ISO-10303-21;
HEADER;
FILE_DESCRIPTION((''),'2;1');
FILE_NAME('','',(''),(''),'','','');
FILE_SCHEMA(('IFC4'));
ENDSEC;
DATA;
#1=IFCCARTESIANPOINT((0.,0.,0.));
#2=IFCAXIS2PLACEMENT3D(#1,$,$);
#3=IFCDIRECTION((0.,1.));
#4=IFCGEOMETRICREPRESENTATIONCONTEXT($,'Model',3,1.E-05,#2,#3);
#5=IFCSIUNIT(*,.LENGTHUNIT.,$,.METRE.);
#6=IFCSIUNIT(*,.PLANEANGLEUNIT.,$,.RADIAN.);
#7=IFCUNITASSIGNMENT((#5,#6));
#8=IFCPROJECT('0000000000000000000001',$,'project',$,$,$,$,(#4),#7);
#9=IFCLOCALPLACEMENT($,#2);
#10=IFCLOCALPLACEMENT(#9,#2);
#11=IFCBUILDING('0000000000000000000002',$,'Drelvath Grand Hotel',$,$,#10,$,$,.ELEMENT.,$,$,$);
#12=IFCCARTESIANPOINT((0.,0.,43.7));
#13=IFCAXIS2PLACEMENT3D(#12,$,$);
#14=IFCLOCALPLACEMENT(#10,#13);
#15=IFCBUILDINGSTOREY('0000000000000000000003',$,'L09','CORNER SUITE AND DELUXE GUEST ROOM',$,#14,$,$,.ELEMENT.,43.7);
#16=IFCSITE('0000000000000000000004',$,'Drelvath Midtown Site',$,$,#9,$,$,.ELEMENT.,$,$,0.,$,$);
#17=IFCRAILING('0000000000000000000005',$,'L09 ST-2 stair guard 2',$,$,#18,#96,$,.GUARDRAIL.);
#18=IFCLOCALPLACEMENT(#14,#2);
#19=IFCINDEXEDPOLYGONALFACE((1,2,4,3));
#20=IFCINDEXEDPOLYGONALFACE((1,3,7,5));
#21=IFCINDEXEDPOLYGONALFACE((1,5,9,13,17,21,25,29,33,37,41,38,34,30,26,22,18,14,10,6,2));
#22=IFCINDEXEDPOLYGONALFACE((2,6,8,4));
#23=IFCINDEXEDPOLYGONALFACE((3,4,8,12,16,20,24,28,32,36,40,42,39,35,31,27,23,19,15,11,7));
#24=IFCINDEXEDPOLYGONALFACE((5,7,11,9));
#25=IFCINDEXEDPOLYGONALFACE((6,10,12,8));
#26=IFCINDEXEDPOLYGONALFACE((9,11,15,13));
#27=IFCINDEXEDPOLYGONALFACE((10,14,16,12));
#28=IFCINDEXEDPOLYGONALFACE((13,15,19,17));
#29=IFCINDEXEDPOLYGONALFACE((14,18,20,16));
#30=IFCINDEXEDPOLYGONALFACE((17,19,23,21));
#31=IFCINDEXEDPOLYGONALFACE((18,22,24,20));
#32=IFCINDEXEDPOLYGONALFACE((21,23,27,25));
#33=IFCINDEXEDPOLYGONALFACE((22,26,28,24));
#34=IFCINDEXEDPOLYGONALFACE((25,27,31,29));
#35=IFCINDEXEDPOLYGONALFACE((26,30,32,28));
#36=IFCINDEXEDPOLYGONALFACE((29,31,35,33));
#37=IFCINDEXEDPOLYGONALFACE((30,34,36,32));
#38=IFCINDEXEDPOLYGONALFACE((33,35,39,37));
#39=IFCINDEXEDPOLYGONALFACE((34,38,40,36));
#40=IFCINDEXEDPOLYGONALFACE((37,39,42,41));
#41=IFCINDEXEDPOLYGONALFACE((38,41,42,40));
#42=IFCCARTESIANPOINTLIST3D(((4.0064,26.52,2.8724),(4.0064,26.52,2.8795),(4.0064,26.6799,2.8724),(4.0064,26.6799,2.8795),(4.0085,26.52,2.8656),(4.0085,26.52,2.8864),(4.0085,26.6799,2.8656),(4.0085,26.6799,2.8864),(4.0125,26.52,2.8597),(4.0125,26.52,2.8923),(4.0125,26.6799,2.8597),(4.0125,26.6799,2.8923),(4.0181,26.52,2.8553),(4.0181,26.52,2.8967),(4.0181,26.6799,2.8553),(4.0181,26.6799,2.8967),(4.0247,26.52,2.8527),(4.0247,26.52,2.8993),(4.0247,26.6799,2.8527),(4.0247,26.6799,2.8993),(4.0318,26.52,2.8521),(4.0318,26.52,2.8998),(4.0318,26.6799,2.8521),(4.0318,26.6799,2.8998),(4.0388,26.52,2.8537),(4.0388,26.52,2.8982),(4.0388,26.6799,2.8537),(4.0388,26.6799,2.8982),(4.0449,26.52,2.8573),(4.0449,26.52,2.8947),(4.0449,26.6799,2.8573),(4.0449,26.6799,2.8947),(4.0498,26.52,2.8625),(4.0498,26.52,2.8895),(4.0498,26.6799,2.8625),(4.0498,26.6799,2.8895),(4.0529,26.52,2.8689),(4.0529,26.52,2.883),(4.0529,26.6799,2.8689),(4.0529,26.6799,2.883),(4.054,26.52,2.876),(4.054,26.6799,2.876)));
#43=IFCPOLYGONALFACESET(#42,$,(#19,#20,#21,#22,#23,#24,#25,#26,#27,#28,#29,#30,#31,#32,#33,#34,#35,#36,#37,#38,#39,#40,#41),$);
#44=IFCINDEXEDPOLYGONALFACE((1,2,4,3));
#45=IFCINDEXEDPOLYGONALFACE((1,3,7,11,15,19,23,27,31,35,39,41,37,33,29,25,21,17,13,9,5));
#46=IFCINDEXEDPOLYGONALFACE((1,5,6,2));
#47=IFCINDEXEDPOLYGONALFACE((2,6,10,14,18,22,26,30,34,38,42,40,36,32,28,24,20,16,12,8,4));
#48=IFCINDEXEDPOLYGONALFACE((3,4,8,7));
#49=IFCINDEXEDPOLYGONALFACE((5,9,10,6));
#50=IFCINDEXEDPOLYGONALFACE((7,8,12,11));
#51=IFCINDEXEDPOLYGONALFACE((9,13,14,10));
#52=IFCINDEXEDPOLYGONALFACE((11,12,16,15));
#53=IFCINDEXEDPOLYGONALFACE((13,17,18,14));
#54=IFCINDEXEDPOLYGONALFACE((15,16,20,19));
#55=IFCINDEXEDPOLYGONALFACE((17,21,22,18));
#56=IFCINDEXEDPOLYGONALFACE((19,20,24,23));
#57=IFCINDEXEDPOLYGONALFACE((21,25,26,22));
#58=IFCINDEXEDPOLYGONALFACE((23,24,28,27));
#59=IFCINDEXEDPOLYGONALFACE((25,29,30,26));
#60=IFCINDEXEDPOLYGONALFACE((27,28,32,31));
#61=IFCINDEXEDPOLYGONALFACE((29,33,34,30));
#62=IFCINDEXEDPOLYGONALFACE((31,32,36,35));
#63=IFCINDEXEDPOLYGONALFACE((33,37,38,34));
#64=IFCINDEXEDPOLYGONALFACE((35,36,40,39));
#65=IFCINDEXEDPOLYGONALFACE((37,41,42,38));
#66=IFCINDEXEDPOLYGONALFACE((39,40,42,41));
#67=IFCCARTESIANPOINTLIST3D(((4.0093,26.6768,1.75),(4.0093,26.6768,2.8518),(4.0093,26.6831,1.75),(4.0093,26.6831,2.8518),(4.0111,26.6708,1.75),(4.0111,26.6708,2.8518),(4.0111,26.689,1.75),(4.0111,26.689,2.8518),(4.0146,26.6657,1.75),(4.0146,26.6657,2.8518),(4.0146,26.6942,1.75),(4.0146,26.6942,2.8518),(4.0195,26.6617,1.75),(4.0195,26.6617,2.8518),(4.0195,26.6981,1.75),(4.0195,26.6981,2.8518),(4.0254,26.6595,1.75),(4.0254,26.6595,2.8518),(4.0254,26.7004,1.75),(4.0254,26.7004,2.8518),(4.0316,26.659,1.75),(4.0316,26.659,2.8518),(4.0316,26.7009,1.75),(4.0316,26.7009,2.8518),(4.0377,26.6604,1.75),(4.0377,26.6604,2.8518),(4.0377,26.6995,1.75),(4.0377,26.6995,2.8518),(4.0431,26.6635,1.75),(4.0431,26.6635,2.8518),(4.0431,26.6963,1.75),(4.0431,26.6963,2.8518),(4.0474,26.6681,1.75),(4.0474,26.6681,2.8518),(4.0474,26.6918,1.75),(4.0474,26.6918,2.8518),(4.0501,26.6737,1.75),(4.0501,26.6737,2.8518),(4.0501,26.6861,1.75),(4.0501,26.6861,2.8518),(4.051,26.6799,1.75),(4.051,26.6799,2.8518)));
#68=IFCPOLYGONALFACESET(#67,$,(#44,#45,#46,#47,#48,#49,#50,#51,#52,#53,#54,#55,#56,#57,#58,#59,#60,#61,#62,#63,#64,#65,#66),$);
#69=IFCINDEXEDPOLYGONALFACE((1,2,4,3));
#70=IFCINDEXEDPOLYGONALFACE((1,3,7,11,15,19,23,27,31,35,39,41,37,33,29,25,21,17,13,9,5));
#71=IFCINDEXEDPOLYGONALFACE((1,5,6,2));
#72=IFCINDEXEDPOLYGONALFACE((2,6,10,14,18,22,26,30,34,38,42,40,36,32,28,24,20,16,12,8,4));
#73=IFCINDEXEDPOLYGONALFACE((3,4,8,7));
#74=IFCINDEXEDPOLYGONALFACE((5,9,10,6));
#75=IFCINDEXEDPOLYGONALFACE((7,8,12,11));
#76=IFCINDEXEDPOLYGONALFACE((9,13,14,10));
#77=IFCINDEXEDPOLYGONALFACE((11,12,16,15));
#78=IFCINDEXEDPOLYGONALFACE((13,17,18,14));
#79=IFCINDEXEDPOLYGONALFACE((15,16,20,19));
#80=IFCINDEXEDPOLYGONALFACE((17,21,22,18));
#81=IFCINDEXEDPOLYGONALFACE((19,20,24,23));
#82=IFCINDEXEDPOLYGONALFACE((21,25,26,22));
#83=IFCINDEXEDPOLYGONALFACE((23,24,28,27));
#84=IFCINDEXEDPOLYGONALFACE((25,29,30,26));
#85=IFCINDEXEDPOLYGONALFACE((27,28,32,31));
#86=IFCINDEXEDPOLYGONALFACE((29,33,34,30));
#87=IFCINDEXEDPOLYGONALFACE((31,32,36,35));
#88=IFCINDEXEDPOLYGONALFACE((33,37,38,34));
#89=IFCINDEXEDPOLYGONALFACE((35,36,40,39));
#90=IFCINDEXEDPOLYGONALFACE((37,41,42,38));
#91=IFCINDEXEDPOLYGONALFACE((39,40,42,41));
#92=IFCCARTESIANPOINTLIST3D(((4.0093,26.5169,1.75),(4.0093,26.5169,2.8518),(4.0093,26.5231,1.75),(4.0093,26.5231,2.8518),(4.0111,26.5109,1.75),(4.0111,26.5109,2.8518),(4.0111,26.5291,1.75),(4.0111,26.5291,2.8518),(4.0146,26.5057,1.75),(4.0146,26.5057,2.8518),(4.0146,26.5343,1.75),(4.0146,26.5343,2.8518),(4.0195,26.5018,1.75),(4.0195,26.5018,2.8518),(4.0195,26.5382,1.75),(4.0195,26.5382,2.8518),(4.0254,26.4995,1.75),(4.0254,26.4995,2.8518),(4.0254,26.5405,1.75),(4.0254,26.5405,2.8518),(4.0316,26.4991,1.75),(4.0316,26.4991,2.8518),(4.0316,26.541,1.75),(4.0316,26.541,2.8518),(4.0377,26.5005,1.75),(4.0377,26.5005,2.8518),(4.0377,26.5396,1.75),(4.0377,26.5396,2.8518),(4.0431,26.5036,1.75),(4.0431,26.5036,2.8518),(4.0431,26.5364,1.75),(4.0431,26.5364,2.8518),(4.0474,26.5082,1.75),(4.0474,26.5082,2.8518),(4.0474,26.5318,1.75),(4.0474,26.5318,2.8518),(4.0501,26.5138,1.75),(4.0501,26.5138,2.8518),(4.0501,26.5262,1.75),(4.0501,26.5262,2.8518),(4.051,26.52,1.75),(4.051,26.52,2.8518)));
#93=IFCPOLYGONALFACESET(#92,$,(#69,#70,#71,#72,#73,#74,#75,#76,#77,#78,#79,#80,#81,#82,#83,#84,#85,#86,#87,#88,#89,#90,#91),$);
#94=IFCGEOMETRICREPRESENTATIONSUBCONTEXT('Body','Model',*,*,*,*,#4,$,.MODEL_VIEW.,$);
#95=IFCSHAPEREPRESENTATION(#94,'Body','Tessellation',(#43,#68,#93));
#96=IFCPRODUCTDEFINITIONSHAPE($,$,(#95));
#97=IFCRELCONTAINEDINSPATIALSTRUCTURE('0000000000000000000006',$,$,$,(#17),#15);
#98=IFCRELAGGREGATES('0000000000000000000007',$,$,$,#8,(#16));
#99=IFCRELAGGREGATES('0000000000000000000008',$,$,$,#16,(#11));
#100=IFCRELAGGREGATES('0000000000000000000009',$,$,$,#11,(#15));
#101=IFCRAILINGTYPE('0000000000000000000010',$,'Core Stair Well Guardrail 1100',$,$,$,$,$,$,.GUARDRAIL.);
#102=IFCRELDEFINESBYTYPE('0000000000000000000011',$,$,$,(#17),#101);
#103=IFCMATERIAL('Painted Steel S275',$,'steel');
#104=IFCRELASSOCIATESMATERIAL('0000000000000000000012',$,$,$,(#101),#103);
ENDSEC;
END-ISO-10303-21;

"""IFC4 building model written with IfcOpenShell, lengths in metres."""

from ifc_helpers import new_model, si_unit, direction, frame, origin, origin_2d, place, context, subcontext, project, spatial, circle, extrude, material, type_object, element, save


model = new_model("IFC4")

# Units and contexts
model_context = context("Model", 3, precision=1e-05, world=origin(), true_north=direction((0.0, 1.0)))
body_context = subcontext(model_context, "Body", "Model", "MODEL_VIEW")
ifc_project = project(units=[si_unit("LENGTHUNIT", "METRE"), si_unit("PLANEANGLEUNIT", "RADIAN")], contexts=[model_context])

# Site, building, storey
site_placement = place(None, origin())
site = spatial("IfcSite", under=ifc_project, at=site_placement, Name="Drelvath Midtown Site", CompositionType="ELEMENT", RefElevation=0.0)
building_placement = place(site_placement, origin())
building = spatial("IfcBuilding", under=site, at=building_placement, Name="Drelvath Grand Hotel", CompositionType="ELEMENT")
storey_placement = place(building_placement, frame((0.0, 0.0, 43.7)))
storey = spatial("IfcBuildingStorey", under=building, at=storey_placement, Name="L09", Description="CORNER SUITE AND DELUXE GUEST ROOM", CompositionType="ELEMENT", Elevation=43.7)

# Shared definitions
ifc_material_1 = material(Name="Painted Steel S275", Category="steel")

# Railing
railing_type_1 = type_object("IfcRailingType", Name="Core Stair Well Guardrail 1100", PredefinedType="GUARDRAIL", material=ifc_material_1)
railing_1_placement = place(storey_placement, frame((4.03, 26.6799, 1.75)))
element("IfcRailing", 1, at=railing_1_placement, inside=storey, type_object=railing_type_1, Name="L09 ST-2 stair guard 2", PredefinedType="GUARDRAIL", context=body_context, shape_type="SweptSolid", body=[
    extrude(circle(Radius=0.0239, at=origin_2d()), frame((0.0, 0.0, 1.126), z_axis=(0.0, -1.0, 0.0), x_axis=(1.0, 0.0, 0.0)), (0.0, 0.0, 1.0), 0.1599),
    extrude(circle(Radius=0.021, at=origin_2d()), origin(), (0.0, 0.0, 1.0), 1.1018),
    extrude(circle(Radius=0.021, at=origin_2d()), frame((0.0, -0.1599, 0.0)), (0.0, 0.0, 1.0), 1.1018),
])

save(model, "model.ifc")
